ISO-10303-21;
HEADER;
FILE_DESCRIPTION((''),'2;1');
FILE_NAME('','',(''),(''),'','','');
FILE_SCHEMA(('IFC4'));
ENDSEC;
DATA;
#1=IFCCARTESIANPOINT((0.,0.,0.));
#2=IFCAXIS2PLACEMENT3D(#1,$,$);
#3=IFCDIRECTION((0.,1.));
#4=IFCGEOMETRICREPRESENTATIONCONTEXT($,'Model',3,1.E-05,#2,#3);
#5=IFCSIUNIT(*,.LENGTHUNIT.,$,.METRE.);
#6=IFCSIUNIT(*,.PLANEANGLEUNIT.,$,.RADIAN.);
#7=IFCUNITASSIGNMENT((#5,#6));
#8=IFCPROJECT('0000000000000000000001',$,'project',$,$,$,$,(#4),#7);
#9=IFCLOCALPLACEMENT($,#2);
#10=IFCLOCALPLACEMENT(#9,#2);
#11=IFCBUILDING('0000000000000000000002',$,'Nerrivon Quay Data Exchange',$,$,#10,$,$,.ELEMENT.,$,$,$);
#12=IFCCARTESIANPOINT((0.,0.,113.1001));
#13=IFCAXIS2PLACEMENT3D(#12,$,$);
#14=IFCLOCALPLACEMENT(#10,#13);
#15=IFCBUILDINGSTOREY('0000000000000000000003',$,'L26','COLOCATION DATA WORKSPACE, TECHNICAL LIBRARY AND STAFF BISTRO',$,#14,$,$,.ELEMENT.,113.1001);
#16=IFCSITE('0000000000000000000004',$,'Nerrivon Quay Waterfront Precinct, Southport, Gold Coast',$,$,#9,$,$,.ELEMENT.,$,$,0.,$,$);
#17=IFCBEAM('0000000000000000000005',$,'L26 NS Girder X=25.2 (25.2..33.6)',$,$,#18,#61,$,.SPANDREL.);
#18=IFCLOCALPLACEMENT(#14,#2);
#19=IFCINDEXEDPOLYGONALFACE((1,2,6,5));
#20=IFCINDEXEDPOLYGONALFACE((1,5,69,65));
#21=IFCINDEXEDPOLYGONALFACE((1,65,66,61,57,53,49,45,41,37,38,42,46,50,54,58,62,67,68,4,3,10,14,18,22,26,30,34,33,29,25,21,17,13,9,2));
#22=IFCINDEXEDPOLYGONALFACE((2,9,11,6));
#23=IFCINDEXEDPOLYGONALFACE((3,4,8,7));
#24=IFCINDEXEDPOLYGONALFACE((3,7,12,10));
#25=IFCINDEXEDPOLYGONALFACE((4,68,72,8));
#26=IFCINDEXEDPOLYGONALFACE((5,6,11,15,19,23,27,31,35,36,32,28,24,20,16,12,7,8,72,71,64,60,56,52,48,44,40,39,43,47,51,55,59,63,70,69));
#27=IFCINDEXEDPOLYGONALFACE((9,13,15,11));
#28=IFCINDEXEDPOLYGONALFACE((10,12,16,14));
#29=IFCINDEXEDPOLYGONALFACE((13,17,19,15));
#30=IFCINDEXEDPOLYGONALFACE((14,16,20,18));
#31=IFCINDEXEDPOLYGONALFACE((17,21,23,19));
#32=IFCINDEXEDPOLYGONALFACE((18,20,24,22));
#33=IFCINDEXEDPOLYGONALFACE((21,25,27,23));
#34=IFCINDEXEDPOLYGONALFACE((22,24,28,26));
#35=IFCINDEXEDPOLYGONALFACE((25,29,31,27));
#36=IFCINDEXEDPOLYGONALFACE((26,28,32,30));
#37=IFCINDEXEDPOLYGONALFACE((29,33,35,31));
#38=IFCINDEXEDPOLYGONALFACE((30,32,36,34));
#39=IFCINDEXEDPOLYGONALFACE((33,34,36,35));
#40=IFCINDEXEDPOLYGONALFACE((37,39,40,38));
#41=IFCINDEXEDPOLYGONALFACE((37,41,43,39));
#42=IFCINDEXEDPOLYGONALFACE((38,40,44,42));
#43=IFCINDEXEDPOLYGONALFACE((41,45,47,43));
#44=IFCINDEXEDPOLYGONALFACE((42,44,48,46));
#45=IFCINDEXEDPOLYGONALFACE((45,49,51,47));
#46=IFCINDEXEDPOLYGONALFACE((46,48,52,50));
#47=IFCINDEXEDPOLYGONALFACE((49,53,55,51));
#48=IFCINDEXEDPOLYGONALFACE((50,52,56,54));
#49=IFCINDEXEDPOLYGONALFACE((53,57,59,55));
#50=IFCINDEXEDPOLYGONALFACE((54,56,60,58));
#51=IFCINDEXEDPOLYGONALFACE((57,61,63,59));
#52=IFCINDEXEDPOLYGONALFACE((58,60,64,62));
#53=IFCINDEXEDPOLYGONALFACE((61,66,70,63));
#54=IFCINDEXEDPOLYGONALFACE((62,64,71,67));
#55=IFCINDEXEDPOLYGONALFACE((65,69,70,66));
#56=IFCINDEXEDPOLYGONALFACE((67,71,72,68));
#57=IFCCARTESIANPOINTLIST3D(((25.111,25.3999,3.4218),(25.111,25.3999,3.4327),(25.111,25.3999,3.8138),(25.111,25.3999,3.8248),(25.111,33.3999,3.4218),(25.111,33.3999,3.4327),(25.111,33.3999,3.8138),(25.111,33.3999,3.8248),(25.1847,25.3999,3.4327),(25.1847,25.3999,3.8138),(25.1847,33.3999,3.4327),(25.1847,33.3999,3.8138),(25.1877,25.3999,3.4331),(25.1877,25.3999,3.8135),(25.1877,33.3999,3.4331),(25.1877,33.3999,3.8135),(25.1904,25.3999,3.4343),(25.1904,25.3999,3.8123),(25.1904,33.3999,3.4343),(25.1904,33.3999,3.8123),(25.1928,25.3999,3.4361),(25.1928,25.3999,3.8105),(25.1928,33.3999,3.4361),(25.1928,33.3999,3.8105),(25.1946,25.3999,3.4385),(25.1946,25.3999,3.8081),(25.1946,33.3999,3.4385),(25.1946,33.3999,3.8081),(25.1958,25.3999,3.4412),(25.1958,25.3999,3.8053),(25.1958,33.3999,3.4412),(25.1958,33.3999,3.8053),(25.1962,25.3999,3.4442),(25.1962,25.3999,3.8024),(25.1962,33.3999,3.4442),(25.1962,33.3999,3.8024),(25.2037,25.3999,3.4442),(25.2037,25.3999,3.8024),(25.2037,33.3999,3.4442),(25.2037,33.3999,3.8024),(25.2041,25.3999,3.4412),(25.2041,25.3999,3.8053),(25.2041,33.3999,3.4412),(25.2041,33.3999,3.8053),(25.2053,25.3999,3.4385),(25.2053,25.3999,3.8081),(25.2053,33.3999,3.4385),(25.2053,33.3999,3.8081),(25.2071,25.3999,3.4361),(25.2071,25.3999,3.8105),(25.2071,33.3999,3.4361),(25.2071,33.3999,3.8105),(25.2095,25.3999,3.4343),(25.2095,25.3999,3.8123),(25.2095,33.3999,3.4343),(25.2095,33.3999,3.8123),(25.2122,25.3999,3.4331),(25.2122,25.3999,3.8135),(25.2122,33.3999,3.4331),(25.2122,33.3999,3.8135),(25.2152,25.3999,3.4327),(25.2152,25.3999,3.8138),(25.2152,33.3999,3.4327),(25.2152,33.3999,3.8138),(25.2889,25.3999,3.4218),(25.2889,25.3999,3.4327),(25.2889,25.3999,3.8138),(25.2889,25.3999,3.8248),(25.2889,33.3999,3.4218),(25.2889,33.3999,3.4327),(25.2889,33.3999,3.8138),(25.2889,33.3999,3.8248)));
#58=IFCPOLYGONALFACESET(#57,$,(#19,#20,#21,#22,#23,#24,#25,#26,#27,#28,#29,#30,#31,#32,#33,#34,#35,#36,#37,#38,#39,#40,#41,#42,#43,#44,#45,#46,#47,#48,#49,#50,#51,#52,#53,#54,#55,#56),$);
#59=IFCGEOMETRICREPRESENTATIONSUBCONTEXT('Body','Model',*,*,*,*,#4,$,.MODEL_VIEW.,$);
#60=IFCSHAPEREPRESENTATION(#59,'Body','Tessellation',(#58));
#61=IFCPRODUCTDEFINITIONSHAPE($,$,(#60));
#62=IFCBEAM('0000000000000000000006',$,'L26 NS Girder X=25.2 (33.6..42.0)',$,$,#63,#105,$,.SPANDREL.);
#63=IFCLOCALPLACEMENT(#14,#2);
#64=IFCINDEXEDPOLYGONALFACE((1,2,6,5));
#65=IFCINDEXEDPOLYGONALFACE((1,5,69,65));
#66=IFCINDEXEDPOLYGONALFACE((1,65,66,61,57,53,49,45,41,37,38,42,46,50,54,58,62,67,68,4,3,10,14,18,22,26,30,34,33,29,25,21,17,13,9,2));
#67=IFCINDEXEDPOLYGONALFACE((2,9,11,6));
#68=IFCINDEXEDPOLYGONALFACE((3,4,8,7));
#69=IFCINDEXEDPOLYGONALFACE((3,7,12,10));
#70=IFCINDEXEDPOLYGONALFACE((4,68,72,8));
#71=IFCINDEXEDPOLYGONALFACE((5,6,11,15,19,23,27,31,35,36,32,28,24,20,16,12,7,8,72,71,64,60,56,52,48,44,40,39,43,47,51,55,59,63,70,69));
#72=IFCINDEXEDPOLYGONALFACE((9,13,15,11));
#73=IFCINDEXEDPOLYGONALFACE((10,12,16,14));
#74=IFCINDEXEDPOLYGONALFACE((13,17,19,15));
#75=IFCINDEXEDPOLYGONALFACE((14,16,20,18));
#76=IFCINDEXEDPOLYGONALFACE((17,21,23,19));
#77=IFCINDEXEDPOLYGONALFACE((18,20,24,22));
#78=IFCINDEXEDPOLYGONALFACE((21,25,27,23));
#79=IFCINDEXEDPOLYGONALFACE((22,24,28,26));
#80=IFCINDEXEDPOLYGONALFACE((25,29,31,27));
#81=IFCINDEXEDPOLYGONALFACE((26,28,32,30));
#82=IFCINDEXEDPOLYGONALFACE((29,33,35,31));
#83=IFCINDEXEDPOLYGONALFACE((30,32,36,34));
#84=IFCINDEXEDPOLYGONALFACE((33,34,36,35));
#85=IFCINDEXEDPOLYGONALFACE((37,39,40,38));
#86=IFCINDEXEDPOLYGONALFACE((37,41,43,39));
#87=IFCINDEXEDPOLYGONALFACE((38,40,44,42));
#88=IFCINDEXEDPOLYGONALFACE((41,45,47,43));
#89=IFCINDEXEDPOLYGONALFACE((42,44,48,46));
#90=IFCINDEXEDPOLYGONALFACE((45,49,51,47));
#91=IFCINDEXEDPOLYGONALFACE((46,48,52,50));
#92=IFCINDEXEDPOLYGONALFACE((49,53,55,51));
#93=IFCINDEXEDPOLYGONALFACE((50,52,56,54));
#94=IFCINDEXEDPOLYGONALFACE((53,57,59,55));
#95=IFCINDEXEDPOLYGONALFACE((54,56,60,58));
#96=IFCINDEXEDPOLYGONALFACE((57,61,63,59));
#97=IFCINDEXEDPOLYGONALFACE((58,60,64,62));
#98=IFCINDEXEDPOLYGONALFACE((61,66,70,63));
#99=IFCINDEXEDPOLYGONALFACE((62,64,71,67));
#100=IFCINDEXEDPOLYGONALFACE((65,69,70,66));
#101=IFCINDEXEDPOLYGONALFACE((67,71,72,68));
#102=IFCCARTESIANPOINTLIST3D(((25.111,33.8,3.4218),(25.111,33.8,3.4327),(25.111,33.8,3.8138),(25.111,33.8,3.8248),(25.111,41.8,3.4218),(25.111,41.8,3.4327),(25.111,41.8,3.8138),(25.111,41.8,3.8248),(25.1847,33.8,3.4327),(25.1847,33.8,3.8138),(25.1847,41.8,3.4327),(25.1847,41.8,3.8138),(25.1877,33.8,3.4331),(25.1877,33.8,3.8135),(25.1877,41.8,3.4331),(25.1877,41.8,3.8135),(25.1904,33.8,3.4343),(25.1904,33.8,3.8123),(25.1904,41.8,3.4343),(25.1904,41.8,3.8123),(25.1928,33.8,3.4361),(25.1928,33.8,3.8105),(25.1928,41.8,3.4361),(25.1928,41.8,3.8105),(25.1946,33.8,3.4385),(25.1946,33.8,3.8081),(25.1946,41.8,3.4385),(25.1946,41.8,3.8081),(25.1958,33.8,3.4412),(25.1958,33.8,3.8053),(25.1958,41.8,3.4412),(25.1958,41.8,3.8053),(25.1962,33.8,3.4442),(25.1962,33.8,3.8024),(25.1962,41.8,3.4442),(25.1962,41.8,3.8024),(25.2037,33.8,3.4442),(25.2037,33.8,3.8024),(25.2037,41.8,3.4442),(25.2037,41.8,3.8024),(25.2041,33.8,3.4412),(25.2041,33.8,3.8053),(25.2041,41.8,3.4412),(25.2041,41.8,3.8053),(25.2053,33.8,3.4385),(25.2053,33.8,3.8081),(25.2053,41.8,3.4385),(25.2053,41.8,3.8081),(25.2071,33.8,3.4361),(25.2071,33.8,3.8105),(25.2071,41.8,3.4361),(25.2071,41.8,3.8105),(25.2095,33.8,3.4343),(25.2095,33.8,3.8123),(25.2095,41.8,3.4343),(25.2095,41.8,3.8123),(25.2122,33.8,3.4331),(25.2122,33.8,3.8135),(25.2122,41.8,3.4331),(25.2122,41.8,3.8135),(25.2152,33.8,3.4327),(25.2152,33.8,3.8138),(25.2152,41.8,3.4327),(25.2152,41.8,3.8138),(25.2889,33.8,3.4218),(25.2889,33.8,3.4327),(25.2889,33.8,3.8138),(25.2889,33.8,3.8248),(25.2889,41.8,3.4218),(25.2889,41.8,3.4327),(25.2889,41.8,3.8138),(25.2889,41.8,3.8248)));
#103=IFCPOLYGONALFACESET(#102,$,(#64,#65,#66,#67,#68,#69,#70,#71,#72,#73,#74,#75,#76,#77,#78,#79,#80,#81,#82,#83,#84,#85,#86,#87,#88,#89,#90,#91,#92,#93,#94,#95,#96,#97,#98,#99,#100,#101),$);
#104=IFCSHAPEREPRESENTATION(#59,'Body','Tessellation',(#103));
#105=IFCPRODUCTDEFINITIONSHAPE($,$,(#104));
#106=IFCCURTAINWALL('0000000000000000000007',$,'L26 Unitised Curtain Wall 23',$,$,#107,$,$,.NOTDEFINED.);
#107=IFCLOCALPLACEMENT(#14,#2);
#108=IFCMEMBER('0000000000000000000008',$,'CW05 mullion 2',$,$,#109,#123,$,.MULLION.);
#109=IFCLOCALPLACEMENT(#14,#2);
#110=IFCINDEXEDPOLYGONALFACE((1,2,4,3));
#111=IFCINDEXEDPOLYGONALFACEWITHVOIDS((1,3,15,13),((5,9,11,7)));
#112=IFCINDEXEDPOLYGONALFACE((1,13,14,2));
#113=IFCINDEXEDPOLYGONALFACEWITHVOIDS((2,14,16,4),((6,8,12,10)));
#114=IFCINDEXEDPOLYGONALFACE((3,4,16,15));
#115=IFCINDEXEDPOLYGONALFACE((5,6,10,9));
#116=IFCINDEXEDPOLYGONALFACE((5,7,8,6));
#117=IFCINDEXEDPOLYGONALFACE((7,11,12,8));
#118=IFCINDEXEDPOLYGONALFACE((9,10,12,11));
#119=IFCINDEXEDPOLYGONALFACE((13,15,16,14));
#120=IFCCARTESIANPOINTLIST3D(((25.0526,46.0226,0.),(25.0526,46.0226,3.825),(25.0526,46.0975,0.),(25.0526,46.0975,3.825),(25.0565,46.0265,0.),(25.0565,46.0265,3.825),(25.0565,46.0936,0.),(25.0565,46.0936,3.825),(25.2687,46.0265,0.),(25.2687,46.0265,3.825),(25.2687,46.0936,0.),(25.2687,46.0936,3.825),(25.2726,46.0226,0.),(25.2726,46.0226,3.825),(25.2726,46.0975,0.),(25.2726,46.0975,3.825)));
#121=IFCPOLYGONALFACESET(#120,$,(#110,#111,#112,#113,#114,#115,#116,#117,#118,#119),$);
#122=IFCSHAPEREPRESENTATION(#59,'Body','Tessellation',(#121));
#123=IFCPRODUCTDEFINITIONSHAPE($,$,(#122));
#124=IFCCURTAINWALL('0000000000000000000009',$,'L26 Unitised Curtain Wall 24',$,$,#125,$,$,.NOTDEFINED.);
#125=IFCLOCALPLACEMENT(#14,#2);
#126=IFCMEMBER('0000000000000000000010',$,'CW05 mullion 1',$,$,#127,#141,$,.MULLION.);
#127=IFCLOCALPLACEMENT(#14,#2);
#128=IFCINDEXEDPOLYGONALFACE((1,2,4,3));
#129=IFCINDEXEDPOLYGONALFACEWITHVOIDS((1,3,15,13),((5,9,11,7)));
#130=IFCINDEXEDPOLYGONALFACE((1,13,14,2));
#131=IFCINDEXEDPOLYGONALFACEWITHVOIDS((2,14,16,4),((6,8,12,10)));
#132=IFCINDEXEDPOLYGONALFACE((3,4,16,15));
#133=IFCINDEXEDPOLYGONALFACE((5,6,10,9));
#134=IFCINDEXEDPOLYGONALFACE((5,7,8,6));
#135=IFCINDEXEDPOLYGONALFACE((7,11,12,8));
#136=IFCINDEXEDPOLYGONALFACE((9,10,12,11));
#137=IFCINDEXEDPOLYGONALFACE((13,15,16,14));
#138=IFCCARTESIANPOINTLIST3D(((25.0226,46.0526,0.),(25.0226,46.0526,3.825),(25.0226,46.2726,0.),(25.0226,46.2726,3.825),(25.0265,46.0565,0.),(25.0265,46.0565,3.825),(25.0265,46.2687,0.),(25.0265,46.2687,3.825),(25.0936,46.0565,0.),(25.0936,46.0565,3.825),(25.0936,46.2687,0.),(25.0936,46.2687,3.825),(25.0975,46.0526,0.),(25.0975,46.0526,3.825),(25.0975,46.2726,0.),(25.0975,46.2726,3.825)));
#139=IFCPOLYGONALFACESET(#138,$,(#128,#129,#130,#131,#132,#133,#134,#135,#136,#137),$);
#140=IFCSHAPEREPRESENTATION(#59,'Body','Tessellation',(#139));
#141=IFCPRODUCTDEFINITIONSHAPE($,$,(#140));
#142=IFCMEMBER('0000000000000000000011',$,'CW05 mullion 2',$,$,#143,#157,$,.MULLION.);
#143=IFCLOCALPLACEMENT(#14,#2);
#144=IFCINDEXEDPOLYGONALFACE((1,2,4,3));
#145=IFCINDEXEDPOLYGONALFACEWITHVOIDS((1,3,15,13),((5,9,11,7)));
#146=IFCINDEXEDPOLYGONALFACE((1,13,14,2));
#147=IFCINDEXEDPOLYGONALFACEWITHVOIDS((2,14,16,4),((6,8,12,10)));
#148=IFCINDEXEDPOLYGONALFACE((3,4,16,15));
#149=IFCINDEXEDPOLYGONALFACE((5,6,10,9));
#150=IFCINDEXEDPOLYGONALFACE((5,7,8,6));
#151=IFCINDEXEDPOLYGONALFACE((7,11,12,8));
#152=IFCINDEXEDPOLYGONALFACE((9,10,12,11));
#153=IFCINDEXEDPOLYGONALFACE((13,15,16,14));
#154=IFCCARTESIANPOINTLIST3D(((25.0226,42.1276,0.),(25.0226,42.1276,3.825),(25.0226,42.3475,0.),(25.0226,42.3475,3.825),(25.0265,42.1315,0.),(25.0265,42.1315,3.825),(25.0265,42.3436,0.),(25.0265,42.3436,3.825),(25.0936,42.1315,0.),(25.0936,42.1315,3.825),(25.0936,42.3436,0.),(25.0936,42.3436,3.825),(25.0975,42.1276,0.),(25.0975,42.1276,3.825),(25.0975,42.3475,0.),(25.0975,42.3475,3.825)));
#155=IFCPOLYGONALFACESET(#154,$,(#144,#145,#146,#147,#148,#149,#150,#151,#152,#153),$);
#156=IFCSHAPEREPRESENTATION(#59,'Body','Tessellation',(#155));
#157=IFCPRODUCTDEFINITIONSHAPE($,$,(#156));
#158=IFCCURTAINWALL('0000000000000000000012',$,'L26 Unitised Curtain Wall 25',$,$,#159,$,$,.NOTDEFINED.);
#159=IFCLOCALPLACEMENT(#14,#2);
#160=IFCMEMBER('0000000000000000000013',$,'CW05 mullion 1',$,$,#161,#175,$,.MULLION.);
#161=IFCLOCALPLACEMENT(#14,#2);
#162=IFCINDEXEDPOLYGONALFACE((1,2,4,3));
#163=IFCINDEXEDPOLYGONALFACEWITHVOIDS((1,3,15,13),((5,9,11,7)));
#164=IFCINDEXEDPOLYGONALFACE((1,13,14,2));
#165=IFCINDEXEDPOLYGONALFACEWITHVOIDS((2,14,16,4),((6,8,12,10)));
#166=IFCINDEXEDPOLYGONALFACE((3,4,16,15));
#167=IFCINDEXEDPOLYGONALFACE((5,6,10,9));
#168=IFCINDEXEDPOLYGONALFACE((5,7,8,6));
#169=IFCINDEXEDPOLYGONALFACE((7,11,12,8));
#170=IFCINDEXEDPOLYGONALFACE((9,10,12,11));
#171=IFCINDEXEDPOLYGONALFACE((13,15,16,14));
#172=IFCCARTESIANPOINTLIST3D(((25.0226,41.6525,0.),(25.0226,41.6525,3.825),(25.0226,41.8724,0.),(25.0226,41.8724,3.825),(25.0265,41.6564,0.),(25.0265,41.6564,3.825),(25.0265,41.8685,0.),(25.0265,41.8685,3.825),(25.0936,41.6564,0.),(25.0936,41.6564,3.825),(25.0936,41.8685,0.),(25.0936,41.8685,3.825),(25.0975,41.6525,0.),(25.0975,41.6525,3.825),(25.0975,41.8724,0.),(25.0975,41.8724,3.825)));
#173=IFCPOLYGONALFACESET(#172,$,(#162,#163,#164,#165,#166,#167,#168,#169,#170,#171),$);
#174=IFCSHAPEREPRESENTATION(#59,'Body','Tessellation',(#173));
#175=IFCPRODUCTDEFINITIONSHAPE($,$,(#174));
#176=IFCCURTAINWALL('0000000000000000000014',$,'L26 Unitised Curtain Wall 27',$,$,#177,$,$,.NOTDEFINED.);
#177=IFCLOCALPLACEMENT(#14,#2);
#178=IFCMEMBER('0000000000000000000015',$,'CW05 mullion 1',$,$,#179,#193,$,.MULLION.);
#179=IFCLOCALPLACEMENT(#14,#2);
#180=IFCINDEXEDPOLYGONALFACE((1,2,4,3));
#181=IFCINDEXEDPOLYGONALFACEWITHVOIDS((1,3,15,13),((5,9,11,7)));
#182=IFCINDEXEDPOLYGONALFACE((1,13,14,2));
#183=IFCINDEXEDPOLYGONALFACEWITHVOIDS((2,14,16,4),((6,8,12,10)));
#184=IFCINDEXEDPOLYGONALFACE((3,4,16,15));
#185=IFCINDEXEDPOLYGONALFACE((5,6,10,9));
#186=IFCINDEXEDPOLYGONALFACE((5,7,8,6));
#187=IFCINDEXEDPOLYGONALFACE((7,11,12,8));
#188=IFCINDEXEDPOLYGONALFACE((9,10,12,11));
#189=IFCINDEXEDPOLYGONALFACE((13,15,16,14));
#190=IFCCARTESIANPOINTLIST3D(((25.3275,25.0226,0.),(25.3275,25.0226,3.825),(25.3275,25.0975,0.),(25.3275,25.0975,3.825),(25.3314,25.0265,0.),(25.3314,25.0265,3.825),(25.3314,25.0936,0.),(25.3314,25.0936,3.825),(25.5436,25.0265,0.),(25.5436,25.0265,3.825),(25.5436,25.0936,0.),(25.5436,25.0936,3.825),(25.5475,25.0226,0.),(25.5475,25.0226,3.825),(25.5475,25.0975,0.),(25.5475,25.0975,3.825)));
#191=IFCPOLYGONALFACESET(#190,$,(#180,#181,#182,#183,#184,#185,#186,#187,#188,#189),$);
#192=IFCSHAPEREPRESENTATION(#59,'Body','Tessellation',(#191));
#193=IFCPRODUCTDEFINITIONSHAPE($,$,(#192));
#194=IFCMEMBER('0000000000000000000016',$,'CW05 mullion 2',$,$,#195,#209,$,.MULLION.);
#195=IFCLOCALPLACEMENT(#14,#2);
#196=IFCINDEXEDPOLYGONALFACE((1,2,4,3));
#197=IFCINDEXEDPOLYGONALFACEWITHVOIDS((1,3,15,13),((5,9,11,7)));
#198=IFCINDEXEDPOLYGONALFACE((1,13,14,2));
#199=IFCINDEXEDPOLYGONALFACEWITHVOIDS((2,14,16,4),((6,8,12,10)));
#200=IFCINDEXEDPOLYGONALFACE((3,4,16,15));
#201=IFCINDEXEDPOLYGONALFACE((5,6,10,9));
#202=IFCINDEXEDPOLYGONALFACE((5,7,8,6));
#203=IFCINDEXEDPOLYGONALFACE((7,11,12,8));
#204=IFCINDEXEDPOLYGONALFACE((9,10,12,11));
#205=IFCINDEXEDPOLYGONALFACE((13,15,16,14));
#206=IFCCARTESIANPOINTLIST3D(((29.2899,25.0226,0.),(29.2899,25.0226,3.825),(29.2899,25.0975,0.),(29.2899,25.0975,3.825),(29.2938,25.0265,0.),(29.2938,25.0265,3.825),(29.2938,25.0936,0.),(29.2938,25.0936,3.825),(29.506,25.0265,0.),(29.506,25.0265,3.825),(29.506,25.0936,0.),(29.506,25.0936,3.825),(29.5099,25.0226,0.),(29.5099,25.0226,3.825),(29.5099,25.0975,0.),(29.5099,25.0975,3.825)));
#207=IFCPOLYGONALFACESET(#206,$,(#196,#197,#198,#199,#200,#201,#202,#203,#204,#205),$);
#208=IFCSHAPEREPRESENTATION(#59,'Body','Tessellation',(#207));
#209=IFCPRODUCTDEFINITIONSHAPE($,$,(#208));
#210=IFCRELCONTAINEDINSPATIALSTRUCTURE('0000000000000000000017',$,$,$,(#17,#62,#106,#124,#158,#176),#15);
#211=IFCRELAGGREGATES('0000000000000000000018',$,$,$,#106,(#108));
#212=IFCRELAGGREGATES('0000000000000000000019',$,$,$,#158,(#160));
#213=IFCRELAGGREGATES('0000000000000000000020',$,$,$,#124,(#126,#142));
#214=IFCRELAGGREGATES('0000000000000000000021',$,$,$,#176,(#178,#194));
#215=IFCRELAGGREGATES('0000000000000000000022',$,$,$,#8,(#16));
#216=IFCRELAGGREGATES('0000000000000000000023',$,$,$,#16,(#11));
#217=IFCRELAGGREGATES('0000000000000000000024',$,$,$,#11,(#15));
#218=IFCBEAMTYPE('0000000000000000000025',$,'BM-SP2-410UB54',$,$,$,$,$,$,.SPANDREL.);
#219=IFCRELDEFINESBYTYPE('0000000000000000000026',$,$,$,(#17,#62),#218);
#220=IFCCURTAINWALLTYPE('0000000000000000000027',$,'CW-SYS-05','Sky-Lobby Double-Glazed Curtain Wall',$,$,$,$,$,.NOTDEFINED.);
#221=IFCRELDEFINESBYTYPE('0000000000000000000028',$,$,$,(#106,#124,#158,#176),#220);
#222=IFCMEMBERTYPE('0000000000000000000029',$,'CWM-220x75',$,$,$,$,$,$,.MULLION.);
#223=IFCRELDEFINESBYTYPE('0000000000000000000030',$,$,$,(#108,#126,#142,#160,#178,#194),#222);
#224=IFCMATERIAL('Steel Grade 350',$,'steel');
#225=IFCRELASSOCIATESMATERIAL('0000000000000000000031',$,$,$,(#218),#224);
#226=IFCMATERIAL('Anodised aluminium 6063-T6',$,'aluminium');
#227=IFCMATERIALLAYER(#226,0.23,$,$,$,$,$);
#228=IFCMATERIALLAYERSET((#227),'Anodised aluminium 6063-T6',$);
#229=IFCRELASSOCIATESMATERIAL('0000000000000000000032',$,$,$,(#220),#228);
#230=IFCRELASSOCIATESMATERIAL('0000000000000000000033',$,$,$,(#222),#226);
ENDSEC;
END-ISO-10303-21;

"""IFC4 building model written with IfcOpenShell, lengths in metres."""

from ifc_helpers import new_model, si_unit, direction, frame, origin, origin_2d, place, context, subcontext, project, spatial, hollow_rectangle, i_section, extrude, material, layer, layer_set, material_profile, profile_set, type_object, element, aggregate, save


model = new_model("IFC4")

# Units and contexts
model_context = context("Model", 3, precision=1e-05, world=origin(), true_north=direction((0.0, 1.0)))
body_context = subcontext(model_context, "Body", "Model", "MODEL_VIEW")
ifc_project = project(units=[si_unit("LENGTHUNIT", "METRE"), si_unit("PLANEANGLEUNIT", "RADIAN")], contexts=[model_context])

# Site, building, storey
site_placement = place(None, origin())
site = spatial("IfcSite", under=ifc_project, at=site_placement, Name="Nerrivon Quay Waterfront Precinct, Southport, Gold Coast", CompositionType="ELEMENT", RefElevation=0.0)
building_placement = place(site_placement, origin())
building = spatial("IfcBuilding", under=site, at=building_placement, Name="Nerrivon Quay Data Exchange", CompositionType="ELEMENT")
storey_placement = place(building_placement, frame((0.0, 0.0, 113.1001)))
storey = spatial("IfcBuildingStorey", under=building, at=storey_placement, Name="L26", Description="COLOCATION DATA WORKSPACE, TECHNICAL LIBRARY AND STAFF BISTRO", CompositionType="ELEMENT", Elevation=113.1001)

# Shared definitions
ifc_material_1 = material(Name="Steel Grade 350", Category="steel")

# Beams
ifc_material_profile_1 = material_profile(ifc_material_1, i_section(OverallWidth=0.178, OverallDepth=0.4031, WebThickness=0.0076, FlangeThickness=0.011, FilletRadius=0.0115, at=origin_2d()), Name="410UB53.7")
ifc_profile_set_1 = profile_set([ifc_material_profile_1], Name="Steel Grade 350")
beam_type_1 = type_object("IfcBeamType", Name="BM-SP2-410UB54", PredefinedType="SPANDREL", material=ifc_profile_set_1)
for number, where, z_axis, x_axis, name in (
    (1, (25.2, 25.3999, 3.6233), (0.0, 1.0, 0.0), (-1.0, 0.0, 0.0), "L26 NS Girder X=25.2 (25.2..33.6)"),
    (2, (25.2, 33.8, 3.6233), (0.0, 1.0, 0.0), (-1.0, 0.0, 0.0), "L26 NS Girder X=25.2 (33.6..42.0)"),
):
    element("IfcBeam", number, at=place(storey_placement, frame(where, z_axis=z_axis, x_axis=x_axis)), inside=storey, type_object=beam_type_1, Name=name, PredefinedType="SPANDREL", context=body_context, shape_type="SweptSolid", body=[
        extrude(i_section(OverallWidth=0.178, OverallDepth=0.4031, WebThickness=0.0076, FlangeThickness=0.011, FilletRadius=0.0115, at=origin_2d()), origin(), (0.0, 0.0, 1.0), 8.0),
    ])

# Curtain wall, member
ifc_material_2 = material(Name="Anodised aluminium 6063-T6", Category="aluminium")
ifc_layer_1 = layer(ifc_material_2, 0.23)
ifc_layer_set_1 = layer_set([ifc_layer_1], Name="Anodised aluminium 6063-T6")
curtain_wall_type = type_object("IfcCurtainWallType", Name="CW-SYS-05", Description="Sky-Lobby Double-Glazed Curtain Wall", PredefinedType="NOTDEFINED", material=ifc_layer_set_1)
curtain_wall_1_placement = place(storey_placement, origin())
curtain_wall_1 = element("IfcCurtainWall", 3, at=curtain_wall_1_placement, inside=storey, type_object=curtain_wall_type, Name="L26 Unitised Curtain Wall 23", PredefinedType="NOTDEFINED")
ifc_material_profile_2 = material_profile(ifc_material_2, hollow_rectangle(XDim=0.075, YDim=0.22, WallThickness=0.0039, at=origin_2d()), Name="ALU-MULL-220x75")
ifc_profile_set_2 = profile_set([ifc_material_profile_2], Name="Anodised aluminium 6063-T6")
member_type_1 = type_object("IfcMemberType", Name="CWM-220x75", PredefinedType="MULLION", material=ifc_profile_set_2)
member_1_placement = place(storey_placement, frame((25.1626, 46.0601, 0.0), z_axis=(0.0, 0.0, 1.0), x_axis=(0.0, 1.0, 0.0)))
member_1 = element("IfcMember", 4, at=member_1_placement, type_object=member_type_1, Name="CW05 mullion 2", PredefinedType="MULLION", context=body_context, shape_type="SweptSolid", body=[
    extrude(hollow_rectangle(XDim=0.075, YDim=0.22, WallThickness=0.0039, at=origin_2d()), origin(), (0.0, 0.0, 1.0), 3.825),
])
aggregate(curtain_wall_1, [member_1])

# Curtain wall, members
curtain_wall_2_placement = place(storey_placement, origin())
curtain_wall_2 = element("IfcCurtainWall", 5, at=curtain_wall_2_placement, inside=storey, type_object=curtain_wall_type, Name="L26 Unitised Curtain Wall 24", PredefinedType="NOTDEFINED")
member_2_placement = place(storey_placement, frame((25.0601, 46.1626, 0.0), z_axis=(0.0, 0.0, 1.0), x_axis=(1.0, 0.0, 0.0)))
member_2 = element("IfcMember", 6, at=member_2_placement, type_object=member_type_1, Name="CW05 mullion 1", PredefinedType="MULLION", context=body_context, shape_type="SweptSolid", body=[
    extrude(hollow_rectangle(XDim=0.075, YDim=0.22, WallThickness=0.0039, at=origin_2d()), origin(), (0.0, 0.0, 1.0), 3.825),
])
member_3_placement = place(storey_placement, frame((25.0601, 42.2375, 0.0), z_axis=(0.0, 0.0, 1.0), x_axis=(1.0, 0.0, 0.0)))
member_3 = element("IfcMember", 7, at=member_3_placement, type_object=member_type_1, Name="CW05 mullion 2", PredefinedType="MULLION", context=body_context, shape_type="SweptSolid", body=[
    extrude(hollow_rectangle(XDim=0.075, YDim=0.22, WallThickness=0.0039, at=origin_2d()), origin(), (0.0, 0.0, 1.0), 3.825),
])

# Curtain wall, member
curtain_wall_3_placement = place(storey_placement, origin())
curtain_wall_3 = element("IfcCurtainWall", 8, at=curtain_wall_3_placement, inside=storey, type_object=curtain_wall_type, Name="L26 Unitised Curtain Wall 25", PredefinedType="NOTDEFINED")
member_4_placement = place(storey_placement, frame((25.0601, 41.7625, 0.0), z_axis=(0.0, 0.0, 1.0), x_axis=(1.0, 0.0, 0.0)))
member_4 = element("IfcMember", 9, at=member_4_placement, type_object=member_type_1, Name="CW05 mullion 1", PredefinedType="MULLION", context=body_context, shape_type="SweptSolid", body=[
    extrude(hollow_rectangle(XDim=0.075, YDim=0.22, WallThickness=0.0039, at=origin_2d()), origin(), (0.0, 0.0, 1.0), 3.825),
])

# Curtain wall, members
curtain_wall_4_placement = place(storey_placement, origin())
curtain_wall_4 = element("IfcCurtainWall", 10, at=curtain_wall_4_placement, inside=storey, type_object=curtain_wall_type, Name="L26 Unitised Curtain Wall 27", PredefinedType="NOTDEFINED")
member_5_placement = place(storey_placement, frame((25.4375, 25.0601, 0.0), z_axis=(0.0, 0.0, 1.0), x_axis=(0.0, 1.0, 0.0)))
member_5 = element("IfcMember", 11, at=member_5_placement, type_object=member_type_1, Name="CW05 mullion 1", PredefinedType="MULLION", context=body_context, shape_type="SweptSolid", body=[
    extrude(hollow_rectangle(XDim=0.075, YDim=0.22, WallThickness=0.0039, at=origin_2d()), origin(), (0.0, 0.0, 1.0), 3.825),
])
member_6_placement = place(storey_placement, frame((29.3999, 25.0601, 0.0), z_axis=(0.0, 0.0, 1.0), x_axis=(0.0, 1.0, 0.0)))
member_6 = element("IfcMember", 12, at=member_6_placement, type_object=member_type_1, Name="CW05 mullion 2", PredefinedType="MULLION", context=body_context, shape_type="SweptSolid", body=[
    extrude(hollow_rectangle(XDim=0.075, YDim=0.22, WallThickness=0.0039, at=origin_2d()), origin(), (0.0, 0.0, 1.0), 3.825),
])

aggregate(curtain_wall_3, [member_4])

aggregate(curtain_wall_2, [member_2, member_3])
aggregate(curtain_wall_4, [member_5, member_6])

save(model, "model.ifc")
